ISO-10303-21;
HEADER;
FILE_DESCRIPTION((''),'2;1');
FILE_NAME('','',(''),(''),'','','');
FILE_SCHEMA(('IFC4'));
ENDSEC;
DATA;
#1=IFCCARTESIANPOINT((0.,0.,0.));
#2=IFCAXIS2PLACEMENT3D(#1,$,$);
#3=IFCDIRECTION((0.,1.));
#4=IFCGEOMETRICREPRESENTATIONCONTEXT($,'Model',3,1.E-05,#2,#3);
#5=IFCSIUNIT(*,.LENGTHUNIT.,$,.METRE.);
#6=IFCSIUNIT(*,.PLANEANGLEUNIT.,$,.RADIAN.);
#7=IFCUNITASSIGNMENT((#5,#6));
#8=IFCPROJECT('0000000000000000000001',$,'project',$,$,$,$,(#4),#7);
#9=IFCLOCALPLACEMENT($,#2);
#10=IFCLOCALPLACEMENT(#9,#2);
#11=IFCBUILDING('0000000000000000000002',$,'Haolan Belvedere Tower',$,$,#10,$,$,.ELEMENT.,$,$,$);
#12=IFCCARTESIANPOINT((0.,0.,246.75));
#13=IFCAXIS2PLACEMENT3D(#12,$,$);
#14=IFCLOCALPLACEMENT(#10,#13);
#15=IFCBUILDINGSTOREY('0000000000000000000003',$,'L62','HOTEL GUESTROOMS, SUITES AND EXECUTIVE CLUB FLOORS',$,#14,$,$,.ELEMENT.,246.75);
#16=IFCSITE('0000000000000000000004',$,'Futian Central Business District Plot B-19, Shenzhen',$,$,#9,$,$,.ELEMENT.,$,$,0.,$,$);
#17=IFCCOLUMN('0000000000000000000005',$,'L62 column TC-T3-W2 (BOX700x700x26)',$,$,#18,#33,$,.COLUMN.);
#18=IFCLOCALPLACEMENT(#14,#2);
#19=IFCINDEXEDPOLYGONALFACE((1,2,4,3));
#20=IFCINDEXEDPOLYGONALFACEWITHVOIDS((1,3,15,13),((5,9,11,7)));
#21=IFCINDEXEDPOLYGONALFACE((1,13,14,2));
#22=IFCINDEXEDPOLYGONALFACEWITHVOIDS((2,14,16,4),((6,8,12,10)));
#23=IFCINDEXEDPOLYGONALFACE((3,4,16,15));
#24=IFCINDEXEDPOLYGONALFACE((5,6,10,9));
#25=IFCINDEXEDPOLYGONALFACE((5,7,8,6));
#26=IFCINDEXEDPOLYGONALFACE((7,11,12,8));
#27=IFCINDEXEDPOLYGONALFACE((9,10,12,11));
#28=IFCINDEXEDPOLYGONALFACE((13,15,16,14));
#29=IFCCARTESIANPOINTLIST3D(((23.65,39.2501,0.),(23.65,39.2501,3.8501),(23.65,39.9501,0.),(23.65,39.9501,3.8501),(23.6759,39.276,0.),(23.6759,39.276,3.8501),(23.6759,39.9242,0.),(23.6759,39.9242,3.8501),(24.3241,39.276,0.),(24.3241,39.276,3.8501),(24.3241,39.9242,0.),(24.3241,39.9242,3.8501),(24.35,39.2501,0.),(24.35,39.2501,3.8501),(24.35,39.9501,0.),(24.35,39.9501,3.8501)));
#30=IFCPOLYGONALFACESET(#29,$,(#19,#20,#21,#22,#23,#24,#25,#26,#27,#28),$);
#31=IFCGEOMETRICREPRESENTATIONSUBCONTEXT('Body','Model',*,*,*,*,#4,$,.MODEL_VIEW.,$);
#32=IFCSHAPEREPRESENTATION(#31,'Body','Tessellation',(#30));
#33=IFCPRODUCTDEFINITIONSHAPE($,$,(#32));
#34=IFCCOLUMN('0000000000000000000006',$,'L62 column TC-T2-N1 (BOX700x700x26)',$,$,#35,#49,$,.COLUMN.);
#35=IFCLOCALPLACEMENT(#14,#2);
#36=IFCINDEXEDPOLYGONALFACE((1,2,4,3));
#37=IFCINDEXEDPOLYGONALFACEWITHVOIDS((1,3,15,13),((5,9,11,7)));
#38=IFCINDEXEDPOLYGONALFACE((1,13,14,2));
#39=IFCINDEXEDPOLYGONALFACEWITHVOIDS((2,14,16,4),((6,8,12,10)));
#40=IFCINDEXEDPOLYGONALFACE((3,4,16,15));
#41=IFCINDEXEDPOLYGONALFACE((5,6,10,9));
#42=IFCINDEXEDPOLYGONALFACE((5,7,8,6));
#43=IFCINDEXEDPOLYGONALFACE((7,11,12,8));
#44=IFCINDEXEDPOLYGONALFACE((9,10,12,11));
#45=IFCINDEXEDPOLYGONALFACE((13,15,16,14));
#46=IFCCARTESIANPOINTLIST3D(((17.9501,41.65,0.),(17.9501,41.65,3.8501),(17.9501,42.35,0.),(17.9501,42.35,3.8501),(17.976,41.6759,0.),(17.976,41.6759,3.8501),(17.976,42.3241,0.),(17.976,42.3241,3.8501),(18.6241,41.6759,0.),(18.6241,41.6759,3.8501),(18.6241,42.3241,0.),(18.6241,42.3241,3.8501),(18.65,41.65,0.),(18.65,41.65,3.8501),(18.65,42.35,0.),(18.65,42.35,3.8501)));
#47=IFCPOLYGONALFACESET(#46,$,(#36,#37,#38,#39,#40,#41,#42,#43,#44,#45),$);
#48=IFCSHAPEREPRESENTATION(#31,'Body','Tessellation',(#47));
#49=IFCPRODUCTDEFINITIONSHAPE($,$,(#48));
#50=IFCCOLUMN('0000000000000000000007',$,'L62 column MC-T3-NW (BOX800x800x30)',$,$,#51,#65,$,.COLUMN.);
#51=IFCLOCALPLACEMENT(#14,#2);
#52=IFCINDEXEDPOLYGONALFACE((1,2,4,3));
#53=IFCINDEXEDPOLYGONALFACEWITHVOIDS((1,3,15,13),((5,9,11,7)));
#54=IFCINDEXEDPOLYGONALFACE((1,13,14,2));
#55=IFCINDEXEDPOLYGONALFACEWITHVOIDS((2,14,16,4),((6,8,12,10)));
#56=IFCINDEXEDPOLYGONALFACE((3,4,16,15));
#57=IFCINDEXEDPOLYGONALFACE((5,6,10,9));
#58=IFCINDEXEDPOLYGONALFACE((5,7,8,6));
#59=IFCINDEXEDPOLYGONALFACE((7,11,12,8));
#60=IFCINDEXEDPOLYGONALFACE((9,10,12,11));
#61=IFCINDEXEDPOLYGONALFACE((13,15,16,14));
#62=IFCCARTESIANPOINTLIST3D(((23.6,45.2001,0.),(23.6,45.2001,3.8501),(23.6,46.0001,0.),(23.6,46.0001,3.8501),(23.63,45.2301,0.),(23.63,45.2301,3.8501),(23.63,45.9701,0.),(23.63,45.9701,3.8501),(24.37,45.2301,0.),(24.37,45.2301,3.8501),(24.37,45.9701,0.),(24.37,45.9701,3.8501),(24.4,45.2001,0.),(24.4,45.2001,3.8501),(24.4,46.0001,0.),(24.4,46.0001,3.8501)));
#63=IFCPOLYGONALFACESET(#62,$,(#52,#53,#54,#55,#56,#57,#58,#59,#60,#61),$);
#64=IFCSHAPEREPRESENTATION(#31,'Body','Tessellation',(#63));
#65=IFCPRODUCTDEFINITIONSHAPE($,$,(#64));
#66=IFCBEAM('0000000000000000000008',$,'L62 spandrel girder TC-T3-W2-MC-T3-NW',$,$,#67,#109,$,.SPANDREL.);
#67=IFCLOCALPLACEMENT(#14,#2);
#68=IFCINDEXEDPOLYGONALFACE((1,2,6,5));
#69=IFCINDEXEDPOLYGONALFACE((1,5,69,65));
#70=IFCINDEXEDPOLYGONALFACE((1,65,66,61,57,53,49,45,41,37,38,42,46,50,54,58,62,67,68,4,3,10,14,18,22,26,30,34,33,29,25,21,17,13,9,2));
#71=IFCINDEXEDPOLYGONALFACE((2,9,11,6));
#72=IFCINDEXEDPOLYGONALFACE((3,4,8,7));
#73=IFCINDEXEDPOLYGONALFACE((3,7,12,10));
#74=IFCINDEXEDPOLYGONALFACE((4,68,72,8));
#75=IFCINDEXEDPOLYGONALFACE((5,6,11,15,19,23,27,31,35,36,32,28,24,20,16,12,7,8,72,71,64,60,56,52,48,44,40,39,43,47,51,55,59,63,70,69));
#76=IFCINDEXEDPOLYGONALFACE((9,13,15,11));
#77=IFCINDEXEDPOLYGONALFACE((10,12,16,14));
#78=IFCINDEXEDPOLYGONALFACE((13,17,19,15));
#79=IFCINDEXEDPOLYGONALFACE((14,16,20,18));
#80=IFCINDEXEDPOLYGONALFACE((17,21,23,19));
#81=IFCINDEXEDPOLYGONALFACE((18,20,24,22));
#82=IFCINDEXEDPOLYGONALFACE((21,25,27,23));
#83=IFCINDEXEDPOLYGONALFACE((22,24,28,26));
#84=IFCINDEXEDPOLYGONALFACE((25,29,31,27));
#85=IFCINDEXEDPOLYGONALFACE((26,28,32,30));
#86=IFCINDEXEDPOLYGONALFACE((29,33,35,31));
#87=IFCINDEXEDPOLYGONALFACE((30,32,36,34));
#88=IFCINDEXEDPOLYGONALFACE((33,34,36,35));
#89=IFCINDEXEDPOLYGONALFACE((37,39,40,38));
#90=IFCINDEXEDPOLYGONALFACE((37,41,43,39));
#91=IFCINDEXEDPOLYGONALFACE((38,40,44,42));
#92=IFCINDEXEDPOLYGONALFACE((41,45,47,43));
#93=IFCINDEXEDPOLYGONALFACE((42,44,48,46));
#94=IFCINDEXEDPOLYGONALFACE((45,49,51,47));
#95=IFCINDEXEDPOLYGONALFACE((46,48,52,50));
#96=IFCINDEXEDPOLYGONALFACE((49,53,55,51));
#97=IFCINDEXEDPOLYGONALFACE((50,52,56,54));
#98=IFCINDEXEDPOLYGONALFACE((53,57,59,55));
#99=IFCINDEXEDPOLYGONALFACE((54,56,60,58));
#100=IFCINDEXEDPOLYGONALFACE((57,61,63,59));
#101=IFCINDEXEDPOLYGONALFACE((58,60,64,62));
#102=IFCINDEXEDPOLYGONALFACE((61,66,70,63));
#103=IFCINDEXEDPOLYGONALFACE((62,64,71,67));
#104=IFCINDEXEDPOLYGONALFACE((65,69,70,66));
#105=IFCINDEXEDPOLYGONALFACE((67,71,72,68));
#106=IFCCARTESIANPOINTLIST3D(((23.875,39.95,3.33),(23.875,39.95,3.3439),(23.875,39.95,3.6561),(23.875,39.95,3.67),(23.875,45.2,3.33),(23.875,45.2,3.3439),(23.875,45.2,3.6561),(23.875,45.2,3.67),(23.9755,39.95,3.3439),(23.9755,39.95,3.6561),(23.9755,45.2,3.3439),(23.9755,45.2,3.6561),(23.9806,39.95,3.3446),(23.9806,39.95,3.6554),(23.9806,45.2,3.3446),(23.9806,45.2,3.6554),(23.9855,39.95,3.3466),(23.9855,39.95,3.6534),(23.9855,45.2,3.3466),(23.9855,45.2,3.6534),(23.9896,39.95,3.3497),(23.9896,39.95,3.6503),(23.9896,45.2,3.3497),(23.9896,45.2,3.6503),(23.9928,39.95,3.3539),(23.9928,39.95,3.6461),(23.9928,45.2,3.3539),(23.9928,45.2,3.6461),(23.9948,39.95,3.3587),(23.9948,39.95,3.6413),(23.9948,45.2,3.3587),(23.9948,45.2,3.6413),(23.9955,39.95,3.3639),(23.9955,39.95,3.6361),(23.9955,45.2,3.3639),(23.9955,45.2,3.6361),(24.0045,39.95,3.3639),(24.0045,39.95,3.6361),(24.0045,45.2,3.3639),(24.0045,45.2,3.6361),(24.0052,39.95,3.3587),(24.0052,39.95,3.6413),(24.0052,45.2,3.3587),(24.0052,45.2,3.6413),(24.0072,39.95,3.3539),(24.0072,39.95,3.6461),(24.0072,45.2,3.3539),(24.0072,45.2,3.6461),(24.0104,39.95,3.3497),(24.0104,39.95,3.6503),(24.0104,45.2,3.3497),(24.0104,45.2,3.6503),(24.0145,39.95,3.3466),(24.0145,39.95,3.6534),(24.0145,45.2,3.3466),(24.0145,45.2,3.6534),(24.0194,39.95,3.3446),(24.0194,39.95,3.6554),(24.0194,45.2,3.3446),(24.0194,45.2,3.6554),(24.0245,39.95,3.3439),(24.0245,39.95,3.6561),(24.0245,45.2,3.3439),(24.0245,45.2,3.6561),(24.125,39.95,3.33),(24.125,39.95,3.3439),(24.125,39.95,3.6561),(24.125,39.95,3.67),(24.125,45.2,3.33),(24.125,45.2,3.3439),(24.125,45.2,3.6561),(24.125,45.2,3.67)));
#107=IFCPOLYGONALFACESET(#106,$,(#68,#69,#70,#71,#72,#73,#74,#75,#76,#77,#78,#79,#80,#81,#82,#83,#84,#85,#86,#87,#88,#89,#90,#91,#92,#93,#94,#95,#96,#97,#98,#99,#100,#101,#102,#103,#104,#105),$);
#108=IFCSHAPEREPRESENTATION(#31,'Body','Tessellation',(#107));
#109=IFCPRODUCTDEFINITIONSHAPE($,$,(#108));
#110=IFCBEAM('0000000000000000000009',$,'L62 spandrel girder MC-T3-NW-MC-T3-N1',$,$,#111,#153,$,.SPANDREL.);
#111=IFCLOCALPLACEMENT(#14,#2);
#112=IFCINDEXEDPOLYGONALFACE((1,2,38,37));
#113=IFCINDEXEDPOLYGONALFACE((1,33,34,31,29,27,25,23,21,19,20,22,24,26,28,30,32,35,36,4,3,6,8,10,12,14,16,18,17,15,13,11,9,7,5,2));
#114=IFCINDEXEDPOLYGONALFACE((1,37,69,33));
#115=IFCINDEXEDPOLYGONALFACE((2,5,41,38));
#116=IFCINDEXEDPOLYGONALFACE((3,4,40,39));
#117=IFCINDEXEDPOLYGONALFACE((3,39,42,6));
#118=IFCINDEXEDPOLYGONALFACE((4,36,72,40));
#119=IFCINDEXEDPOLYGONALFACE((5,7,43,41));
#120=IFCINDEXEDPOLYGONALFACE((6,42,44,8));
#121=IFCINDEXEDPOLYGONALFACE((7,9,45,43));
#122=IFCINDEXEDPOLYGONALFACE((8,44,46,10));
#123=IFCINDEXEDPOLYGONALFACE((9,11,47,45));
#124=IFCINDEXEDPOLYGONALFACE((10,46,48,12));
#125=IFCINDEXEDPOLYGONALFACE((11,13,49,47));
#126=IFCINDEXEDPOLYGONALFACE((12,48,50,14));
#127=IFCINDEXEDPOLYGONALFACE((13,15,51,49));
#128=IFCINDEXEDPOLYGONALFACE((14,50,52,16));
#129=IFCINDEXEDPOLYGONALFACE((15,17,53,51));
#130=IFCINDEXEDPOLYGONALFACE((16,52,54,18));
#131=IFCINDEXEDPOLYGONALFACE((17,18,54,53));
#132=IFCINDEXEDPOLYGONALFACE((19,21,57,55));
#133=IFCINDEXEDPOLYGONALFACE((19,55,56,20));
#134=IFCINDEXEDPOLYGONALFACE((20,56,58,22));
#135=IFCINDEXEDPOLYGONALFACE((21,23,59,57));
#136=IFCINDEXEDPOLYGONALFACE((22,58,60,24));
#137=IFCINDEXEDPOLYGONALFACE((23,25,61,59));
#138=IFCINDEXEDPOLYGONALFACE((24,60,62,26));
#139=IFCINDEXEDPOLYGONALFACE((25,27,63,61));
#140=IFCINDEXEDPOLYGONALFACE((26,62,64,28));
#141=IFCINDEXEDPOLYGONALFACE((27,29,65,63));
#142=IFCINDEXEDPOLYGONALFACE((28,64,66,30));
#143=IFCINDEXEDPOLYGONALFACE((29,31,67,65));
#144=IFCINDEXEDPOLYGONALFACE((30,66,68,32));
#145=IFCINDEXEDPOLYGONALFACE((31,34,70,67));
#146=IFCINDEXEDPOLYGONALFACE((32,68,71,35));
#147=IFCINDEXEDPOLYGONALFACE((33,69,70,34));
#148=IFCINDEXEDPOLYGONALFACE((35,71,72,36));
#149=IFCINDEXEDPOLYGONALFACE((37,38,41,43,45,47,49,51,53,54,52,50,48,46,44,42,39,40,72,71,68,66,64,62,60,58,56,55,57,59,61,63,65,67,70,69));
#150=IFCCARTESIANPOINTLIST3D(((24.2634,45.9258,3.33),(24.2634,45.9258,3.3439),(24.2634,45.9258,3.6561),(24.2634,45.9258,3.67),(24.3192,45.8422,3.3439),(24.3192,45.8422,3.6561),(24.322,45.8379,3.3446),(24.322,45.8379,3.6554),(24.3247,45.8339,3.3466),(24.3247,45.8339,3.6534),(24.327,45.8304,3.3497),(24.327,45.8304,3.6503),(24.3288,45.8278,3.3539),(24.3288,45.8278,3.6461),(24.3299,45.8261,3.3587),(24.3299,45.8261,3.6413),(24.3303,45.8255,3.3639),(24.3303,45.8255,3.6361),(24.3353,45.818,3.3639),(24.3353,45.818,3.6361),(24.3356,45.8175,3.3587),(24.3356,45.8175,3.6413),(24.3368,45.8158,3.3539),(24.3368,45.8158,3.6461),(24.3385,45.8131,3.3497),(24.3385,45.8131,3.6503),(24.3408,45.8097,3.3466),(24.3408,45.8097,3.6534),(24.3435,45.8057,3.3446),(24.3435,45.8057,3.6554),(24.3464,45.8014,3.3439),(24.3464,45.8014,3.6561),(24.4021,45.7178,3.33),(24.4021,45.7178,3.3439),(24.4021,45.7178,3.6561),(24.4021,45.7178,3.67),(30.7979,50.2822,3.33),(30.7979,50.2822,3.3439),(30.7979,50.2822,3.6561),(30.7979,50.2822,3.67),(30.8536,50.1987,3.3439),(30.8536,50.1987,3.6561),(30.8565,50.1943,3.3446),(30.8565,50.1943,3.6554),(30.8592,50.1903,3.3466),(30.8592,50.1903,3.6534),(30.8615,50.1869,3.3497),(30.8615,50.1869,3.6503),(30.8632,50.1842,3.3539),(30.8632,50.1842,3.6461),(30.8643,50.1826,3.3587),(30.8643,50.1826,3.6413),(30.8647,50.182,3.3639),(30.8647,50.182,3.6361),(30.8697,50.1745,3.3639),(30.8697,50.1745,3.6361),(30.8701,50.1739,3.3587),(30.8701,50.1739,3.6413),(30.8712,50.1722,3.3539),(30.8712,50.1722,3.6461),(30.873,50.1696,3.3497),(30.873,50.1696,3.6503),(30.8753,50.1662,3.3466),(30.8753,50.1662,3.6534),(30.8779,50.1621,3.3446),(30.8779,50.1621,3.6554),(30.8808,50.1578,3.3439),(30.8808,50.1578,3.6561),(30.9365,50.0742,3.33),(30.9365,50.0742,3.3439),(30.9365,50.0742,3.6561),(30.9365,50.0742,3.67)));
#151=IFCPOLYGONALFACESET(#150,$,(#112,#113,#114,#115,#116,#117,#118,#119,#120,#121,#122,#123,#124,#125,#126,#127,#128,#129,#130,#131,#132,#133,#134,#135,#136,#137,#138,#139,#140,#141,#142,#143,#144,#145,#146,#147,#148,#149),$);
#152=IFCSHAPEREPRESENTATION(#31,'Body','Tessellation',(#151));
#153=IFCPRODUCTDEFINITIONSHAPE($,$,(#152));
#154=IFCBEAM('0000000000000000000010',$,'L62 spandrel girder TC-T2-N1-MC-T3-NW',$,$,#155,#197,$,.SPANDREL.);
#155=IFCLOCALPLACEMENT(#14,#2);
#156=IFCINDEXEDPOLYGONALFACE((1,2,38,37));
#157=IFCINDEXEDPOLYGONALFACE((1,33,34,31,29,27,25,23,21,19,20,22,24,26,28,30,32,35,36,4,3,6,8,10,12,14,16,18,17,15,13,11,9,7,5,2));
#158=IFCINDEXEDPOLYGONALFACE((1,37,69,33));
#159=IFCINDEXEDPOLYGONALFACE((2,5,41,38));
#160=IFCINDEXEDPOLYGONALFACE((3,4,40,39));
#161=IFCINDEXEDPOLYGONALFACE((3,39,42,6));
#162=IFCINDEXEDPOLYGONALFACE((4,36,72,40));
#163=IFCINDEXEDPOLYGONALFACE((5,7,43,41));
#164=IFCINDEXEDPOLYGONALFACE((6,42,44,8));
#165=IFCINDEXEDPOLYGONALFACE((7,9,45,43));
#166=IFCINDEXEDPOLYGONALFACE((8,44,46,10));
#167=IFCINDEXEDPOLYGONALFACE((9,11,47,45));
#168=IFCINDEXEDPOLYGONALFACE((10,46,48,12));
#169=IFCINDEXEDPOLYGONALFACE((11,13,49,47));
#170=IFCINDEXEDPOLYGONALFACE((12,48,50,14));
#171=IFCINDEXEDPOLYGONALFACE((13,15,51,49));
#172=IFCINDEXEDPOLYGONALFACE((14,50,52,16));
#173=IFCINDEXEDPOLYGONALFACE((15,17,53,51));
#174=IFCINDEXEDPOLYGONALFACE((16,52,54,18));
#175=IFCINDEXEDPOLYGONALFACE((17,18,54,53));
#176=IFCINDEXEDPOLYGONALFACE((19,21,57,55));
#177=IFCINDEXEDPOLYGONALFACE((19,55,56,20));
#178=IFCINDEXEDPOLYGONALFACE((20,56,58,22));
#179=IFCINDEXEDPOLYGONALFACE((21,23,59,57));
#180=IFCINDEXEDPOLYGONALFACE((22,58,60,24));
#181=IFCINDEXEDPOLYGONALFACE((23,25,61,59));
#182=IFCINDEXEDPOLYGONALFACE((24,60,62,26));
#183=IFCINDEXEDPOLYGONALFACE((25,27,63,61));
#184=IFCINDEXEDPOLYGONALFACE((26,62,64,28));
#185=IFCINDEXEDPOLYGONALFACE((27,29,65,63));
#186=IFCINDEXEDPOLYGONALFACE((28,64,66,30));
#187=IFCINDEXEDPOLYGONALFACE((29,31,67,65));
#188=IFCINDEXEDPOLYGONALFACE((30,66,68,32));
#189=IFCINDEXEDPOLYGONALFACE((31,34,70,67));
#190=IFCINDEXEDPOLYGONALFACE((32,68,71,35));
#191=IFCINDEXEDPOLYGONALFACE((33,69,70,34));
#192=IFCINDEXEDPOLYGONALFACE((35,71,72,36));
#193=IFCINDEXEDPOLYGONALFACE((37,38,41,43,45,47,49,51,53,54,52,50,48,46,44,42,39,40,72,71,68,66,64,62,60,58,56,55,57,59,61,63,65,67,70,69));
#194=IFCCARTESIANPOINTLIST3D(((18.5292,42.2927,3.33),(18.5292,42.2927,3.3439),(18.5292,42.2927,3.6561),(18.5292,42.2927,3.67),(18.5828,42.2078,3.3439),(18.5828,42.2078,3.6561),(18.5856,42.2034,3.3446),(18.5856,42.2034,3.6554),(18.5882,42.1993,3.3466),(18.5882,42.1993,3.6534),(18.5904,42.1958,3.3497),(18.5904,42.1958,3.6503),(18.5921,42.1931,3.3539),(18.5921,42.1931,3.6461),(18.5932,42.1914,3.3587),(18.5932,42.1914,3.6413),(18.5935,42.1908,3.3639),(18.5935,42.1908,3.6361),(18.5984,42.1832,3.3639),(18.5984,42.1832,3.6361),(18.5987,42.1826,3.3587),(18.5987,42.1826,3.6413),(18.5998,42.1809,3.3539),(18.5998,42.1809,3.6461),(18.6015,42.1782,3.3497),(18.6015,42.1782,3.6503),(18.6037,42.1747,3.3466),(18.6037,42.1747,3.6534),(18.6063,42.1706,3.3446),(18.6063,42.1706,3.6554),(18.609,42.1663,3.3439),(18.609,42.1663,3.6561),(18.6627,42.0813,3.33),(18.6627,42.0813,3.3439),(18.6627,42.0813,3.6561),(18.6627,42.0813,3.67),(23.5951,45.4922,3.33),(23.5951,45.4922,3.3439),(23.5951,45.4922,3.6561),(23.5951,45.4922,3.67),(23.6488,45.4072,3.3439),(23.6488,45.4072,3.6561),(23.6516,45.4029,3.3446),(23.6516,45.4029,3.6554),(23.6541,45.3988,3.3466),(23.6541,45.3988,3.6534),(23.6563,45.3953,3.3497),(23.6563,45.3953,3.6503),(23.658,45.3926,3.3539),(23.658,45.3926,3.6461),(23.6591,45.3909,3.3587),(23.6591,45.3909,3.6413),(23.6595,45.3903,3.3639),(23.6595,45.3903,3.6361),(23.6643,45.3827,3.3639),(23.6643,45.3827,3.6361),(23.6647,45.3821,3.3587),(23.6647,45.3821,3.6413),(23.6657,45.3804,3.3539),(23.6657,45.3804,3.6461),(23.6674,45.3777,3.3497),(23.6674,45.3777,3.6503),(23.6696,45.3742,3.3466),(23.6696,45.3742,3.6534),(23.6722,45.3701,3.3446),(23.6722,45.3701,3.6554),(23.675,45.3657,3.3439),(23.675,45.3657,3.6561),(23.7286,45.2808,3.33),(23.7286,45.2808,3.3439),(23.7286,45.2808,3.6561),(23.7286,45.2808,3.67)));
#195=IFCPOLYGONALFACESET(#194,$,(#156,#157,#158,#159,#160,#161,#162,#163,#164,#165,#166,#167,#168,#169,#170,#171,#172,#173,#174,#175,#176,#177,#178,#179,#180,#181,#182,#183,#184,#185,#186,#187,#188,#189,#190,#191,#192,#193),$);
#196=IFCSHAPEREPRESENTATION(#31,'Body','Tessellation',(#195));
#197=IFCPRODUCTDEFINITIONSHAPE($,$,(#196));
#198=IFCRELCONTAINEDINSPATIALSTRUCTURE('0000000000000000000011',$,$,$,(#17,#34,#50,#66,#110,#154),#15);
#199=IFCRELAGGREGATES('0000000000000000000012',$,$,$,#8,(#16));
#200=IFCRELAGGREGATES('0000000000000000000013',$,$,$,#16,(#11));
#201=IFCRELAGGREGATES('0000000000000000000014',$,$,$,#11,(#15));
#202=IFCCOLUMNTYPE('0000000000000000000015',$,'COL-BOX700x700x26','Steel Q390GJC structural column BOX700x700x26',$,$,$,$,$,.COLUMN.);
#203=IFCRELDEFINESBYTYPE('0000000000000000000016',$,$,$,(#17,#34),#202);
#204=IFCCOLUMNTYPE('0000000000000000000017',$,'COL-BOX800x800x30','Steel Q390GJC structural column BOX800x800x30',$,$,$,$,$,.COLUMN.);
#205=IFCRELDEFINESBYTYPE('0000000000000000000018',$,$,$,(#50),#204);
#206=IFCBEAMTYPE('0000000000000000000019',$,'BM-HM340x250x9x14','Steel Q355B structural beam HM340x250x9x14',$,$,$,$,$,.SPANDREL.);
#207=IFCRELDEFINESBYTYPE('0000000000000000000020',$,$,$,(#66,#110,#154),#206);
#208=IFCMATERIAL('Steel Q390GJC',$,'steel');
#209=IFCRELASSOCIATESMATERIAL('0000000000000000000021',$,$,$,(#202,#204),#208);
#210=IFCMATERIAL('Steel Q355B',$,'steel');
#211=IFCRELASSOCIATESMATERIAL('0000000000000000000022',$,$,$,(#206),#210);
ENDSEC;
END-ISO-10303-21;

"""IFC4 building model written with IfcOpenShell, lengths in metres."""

from ifc_helpers import new_model, si_unit, direction, frame, origin, origin_2d, place, context, subcontext, project, spatial, hollow_rectangle, i_section, extrude, material, material_profile, profile_set, type_object, element, save


model = new_model("IFC4")

# Units and contexts
model_context = context("Model", 3, precision=1e-05, world=origin(), true_north=direction((0.0, 1.0)))
body_context = subcontext(model_context, "Body", "Model", "MODEL_VIEW")
ifc_project = project(units=[si_unit("LENGTHUNIT", "METRE"), si_unit("PLANEANGLEUNIT", "RADIAN")], contexts=[model_context])

# Site, building, storey
site_placement = place(None, origin())
site = spatial("IfcSite", under=ifc_project, at=site_placement, Name="Futian Central Business District Plot B-19, Shenzhen", CompositionType="ELEMENT", RefElevation=0.0)
building_placement = place(site_placement, origin())
building = spatial("IfcBuilding", under=site, at=building_placement, Name="Haolan Belvedere Tower", CompositionType="ELEMENT")
storey_placement = place(building_placement, frame((0.0, 0.0, 246.75)))
storey = spatial("IfcBuildingStorey", under=building, at=storey_placement, Name="L62", Description="HOTEL GUESTROOMS, SUITES AND EXECUTIVE CLUB FLOORS", CompositionType="ELEMENT", Elevation=246.75)

# Columns
ifc_material_1 = material(Name="Steel Q390GJC", Category="steel")
ifc_material_profile_1 = material_profile(ifc_material_1, hollow_rectangle(XDim=0.7, YDim=0.7, WallThickness=0.0259, at=origin_2d()), Name="Steel Q390GJC")
ifc_profile_set_1 = profile_set([ifc_material_profile_1], Name="Steel Q390GJC")
column_type_1 = type_object("IfcColumnType", Name="COL-BOX700x700x26", Description="Steel Q390GJC structural column BOX700x700x26", PredefinedType="COLUMN", material=ifc_profile_set_1)
for number, where, z_axis, x_axis, name in (
    (1, (24.0, 39.6001, 0.0), (0.0, 0.0, 1.0), (1.0, 0.0, 0.0), "L62 column TC-T3-W2 (BOX700x700x26)"),
    (2, (18.3, 42.0, 0.0), (0.0, 0.0, 1.0), (1.0, 0.0, 0.0), "L62 column TC-T2-N1 (BOX700x700x26)"),
):
    element("IfcColumn", number, at=place(storey_placement, frame(where, z_axis=z_axis, x_axis=x_axis)), inside=storey, type_object=column_type_1, Name=name, PredefinedType="COLUMN", context=body_context, shape_type="SweptSolid", body=[
        extrude(hollow_rectangle(XDim=0.7, YDim=0.7, WallThickness=0.0259, at=origin_2d()), origin(), (0.0, 0.0, 1.0), 3.8501),
    ])
ifc_material_profile_2 = material_profile(ifc_material_1, hollow_rectangle(XDim=0.8, YDim=0.8, WallThickness=0.03, at=origin_2d()), Name="Steel Q390GJC")
ifc_profile_set_2 = profile_set([ifc_material_profile_2], Name="Steel Q390GJC")
column_type_2 = type_object("IfcColumnType", Name="COL-BOX800x800x30", Description="Steel Q390GJC structural column BOX800x800x30", PredefinedType="COLUMN", material=ifc_profile_set_2)
column_placement = place(storey_placement, frame((24.0, 45.6001, 0.0), z_axis=(0.0, 0.0, 1.0), x_axis=(1.0, 0.0, 0.0)))
element("IfcColumn", 3, at=column_placement, inside=storey, type_object=column_type_2, Name="L62 column MC-T3-NW (BOX800x800x30)", PredefinedType="COLUMN", context=body_context, shape_type="SweptSolid", body=[
    extrude(hollow_rectangle(XDim=0.8, YDim=0.8, WallThickness=0.03, at=origin_2d()), origin(), (0.0, 0.0, 1.0), 3.8501),
])

# Beams
ifc_material_2 = material(Name="Steel Q355B", Category="steel")
ifc_material_profile_3 = material_profile(ifc_material_2, i_section(OverallWidth=0.25, OverallDepth=0.3401, WebThickness=0.009, FlangeThickness=0.0139, FilletRadius=0.02, at=origin_2d()), Name="Steel Q355B")
ifc_profile_set_3 = profile_set([ifc_material_profile_3], Name="Steel Q355B")
beam_type_1 = type_object("IfcBeamType", Name="BM-HM340x250x9x14", Description="Steel Q355B structural beam HM340x250x9x14", PredefinedType="SPANDREL", material=ifc_profile_set_3)
beam_1_placement = place(storey_placement, frame((24.0, 39.95, 3.5), z_axis=(0.0, 1.0, 0.0), x_axis=(-1.0, 0.0, 0.0)))
element("IfcBeam", 4, at=beam_1_placement, inside=storey, type_object=beam_type_1, Name="L62 spandrel girder TC-T3-W2-MC-T3-NW", PredefinedType="SPANDREL", context=body_context, shape_type="SweptSolid", body=[
    extrude(i_section(OverallWidth=0.25, OverallDepth=0.3401, WebThickness=0.009, FlangeThickness=0.0139, FilletRadius=0.02, at=origin_2d()), origin(), (0.0, 0.0, 1.0), 5.25),
])
beam_2_placement = place(storey_placement, frame((24.3328, 45.8218, 3.5), z_axis=(0.832041, 0.554715, 0.0), x_axis=(-0.554715, 0.832041, 0.0)))
element("IfcBeam", 5, at=beam_2_placement, inside=storey, type_object=beam_type_1, Name="L62 spandrel girder MC-T3-NW-MC-T3-N1", PredefinedType="SPANDREL", context=body_context, shape_type="SweptSolid", body=[
    extrude(i_section(OverallWidth=0.25, OverallDepth=0.3401, WebThickness=0.009, FlangeThickness=0.0139, FilletRadius=0.02, at=origin_2d()), origin(), (0.0, 0.0, 1.0), 7.8535),
])
beam_3_placement = place(storey_placement, frame((18.5959, 42.187, 3.5), z_axis=(0.845494, 0.533985, 0.0), x_axis=(-0.533985, 0.845494, 0.0)))
element("IfcBeam", 6, at=beam_3_placement, inside=storey, type_object=beam_type_1, Name="L62 spandrel girder TC-T2-N1-MC-T3-NW", PredefinedType="SPANDREL", context=body_context, shape_type="SweptSolid", body=[
    extrude(i_section(OverallWidth=0.25, OverallDepth=0.3401, WebThickness=0.009, FlangeThickness=0.0139, FilletRadius=0.02, at=origin_2d()), origin(), (0.0, 0.0, 1.0), 5.9917),
])

save(model, "model.ifc")
